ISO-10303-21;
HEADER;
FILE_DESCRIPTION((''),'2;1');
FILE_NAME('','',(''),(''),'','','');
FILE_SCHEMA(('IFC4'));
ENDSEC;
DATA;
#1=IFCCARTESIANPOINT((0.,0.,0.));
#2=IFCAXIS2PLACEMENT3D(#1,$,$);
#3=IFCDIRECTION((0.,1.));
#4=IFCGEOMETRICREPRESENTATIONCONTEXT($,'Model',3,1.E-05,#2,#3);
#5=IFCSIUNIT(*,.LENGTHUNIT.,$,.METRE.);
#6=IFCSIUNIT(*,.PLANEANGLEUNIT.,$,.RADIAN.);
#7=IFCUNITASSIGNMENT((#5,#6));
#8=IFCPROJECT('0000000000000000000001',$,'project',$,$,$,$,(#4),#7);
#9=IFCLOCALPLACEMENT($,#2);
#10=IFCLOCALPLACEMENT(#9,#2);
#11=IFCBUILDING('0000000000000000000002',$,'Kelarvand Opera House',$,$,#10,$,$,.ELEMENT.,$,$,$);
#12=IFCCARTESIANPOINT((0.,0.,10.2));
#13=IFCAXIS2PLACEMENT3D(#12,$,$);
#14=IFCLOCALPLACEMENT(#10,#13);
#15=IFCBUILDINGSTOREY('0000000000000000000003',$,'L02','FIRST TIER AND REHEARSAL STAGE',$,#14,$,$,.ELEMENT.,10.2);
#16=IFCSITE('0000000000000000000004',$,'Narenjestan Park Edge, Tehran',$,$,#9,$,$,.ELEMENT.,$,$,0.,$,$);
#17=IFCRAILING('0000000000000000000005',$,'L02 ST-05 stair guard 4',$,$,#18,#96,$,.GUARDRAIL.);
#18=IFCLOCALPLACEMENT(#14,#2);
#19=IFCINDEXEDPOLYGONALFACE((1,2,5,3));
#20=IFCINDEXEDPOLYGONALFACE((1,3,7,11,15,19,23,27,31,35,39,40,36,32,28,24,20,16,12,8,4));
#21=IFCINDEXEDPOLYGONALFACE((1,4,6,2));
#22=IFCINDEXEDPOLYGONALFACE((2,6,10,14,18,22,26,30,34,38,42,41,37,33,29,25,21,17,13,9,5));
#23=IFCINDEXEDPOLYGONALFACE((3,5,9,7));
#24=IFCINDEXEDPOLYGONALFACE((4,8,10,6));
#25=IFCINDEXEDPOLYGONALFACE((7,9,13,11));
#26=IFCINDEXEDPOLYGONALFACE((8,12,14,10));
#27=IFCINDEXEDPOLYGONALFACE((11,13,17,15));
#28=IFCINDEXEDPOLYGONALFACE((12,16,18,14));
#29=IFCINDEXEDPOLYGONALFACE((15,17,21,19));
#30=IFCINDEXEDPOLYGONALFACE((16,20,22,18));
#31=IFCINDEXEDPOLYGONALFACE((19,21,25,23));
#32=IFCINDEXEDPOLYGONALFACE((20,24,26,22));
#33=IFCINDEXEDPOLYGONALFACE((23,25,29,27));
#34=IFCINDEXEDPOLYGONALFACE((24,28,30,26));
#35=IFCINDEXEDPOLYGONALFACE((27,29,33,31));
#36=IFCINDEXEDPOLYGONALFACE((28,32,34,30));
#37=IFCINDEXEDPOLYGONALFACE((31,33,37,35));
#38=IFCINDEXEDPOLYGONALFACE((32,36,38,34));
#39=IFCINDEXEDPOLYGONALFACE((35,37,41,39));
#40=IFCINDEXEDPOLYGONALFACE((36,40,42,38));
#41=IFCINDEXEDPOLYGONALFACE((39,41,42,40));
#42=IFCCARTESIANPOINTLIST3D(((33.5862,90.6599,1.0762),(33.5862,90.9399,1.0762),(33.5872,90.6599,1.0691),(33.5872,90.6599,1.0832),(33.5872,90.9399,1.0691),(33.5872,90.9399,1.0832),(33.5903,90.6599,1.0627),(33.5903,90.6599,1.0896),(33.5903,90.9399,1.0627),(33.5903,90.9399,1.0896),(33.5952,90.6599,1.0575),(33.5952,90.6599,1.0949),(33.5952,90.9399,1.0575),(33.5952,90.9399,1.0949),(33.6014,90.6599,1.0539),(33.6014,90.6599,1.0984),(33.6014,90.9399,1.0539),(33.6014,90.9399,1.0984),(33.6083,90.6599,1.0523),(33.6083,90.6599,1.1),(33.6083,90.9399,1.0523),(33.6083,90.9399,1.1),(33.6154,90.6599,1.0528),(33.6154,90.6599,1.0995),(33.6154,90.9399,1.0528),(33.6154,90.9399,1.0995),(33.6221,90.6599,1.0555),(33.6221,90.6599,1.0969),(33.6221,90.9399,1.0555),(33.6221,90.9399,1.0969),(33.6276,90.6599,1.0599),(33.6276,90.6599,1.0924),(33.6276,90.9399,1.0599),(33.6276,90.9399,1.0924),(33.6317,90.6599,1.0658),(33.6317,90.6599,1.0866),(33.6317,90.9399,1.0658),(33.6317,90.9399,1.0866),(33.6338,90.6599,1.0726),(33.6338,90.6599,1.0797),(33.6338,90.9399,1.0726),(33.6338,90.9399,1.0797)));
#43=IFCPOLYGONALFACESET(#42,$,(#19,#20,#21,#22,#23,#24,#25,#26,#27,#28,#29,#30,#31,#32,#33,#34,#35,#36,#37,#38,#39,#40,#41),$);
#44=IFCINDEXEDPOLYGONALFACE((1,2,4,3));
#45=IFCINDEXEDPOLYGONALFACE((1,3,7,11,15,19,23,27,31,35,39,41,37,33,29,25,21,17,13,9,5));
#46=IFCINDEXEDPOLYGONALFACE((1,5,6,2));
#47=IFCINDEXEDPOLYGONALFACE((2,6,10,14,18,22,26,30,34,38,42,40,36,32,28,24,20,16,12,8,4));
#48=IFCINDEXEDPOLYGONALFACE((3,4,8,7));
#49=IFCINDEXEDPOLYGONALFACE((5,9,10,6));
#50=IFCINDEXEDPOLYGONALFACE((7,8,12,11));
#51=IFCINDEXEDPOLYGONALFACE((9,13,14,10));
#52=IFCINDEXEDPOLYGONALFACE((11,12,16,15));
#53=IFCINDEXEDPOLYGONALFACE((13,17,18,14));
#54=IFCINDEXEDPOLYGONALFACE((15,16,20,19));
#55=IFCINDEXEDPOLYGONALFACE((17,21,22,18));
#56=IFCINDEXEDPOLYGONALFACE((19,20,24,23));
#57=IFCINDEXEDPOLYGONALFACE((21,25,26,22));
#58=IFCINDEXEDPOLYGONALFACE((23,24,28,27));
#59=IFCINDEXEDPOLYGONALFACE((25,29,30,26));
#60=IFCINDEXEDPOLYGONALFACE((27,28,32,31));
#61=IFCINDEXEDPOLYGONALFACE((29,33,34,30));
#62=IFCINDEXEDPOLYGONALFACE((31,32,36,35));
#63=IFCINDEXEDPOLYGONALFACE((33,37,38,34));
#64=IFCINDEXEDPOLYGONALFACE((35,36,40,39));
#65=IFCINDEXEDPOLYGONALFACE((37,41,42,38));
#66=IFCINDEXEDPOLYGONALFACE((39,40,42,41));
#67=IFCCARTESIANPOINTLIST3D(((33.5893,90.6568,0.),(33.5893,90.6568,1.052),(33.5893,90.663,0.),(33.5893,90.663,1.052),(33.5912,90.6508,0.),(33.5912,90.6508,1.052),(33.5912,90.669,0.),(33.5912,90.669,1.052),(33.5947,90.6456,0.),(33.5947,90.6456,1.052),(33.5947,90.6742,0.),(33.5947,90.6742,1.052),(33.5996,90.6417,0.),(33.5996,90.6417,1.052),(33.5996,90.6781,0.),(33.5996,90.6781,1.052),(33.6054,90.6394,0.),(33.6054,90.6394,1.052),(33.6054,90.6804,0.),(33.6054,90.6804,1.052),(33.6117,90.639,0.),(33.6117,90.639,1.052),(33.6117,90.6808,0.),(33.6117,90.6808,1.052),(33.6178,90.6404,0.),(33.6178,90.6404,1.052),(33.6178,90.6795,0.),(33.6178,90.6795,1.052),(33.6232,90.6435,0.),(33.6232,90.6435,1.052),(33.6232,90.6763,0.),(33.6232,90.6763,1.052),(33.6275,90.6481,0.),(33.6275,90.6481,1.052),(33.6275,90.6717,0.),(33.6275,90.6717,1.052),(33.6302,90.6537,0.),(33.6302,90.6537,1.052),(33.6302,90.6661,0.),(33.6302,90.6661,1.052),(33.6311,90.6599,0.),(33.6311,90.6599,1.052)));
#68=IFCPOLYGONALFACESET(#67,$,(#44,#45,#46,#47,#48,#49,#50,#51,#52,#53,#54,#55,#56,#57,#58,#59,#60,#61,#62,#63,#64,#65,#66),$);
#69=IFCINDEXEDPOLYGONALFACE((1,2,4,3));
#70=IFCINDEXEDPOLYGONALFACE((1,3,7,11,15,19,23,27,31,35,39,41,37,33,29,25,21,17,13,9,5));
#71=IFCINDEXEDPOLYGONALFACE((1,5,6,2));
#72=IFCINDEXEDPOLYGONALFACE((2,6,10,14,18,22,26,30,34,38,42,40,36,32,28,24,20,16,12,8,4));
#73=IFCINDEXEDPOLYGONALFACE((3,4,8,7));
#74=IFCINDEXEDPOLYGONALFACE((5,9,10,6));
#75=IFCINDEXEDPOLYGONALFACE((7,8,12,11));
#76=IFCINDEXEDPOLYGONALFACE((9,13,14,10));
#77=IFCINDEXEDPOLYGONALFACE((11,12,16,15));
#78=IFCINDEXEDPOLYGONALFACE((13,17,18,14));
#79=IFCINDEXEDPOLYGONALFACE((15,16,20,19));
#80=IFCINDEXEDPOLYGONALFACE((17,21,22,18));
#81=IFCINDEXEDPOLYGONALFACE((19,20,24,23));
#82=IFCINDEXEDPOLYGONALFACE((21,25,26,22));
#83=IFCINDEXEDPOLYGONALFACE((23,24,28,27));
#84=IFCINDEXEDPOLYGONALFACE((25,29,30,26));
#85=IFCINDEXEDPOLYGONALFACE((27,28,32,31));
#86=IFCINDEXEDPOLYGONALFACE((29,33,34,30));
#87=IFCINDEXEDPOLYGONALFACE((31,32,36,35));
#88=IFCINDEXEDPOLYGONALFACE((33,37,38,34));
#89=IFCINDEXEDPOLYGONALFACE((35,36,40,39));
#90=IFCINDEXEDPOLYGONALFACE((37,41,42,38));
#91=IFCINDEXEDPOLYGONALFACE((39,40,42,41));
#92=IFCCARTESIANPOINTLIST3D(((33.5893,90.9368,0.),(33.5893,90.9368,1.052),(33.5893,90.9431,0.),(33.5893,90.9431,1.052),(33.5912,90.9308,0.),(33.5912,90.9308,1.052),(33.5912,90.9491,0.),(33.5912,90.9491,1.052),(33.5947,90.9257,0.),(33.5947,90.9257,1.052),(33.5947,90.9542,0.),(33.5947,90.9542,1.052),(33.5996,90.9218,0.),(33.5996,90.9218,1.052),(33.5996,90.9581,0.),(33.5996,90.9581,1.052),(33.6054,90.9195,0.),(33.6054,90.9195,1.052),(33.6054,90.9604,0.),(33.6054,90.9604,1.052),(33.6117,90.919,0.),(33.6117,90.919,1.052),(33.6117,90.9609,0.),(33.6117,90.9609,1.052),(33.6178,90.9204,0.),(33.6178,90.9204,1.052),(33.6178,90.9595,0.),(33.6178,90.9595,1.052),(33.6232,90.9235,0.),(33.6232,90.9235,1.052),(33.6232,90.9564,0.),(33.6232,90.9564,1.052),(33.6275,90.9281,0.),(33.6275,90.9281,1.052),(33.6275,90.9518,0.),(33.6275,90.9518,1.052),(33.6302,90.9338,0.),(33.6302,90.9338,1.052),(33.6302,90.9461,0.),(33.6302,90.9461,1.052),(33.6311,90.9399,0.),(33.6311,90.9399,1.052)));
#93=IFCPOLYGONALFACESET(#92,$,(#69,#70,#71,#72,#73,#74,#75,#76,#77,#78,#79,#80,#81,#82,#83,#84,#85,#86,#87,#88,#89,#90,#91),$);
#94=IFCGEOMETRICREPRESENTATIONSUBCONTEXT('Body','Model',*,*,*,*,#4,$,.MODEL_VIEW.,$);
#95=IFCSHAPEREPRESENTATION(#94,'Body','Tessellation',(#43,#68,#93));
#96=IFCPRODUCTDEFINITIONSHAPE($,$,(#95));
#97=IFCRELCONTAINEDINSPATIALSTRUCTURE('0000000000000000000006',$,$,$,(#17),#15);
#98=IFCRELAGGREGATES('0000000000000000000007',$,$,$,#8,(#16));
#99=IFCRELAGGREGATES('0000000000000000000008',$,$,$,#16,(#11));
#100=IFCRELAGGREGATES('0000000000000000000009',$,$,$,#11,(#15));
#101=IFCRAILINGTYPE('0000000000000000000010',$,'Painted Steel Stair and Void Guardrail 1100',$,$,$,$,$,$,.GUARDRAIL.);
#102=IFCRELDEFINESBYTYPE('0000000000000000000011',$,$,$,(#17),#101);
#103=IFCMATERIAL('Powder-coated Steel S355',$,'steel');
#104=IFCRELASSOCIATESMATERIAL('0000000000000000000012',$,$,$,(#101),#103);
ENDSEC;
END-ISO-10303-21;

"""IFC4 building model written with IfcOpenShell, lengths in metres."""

from ifc_helpers import new_model, si_unit, direction, frame, origin, origin_2d, place, context, subcontext, project, spatial, circle, extrude, material, type_object, element, save


model = new_model("IFC4")

# Units and contexts
model_context = context("Model", 3, precision=1e-05, world=origin(), true_north=direction((0.0, 1.0)))
body_context = subcontext(model_context, "Body", "Model", "MODEL_VIEW")
ifc_project = project(units=[si_unit("LENGTHUNIT", "METRE"), si_unit("PLANEANGLEUNIT", "RADIAN")], contexts=[model_context])

# Site, building, storey
site_placement = place(None, origin())
site = spatial("IfcSite", under=ifc_project, at=site_placement, Name="Narenjestan Park Edge, Tehran", CompositionType="ELEMENT", RefElevation=0.0)
building_placement = place(site_placement, origin())
building = spatial("IfcBuilding", under=site, at=building_placement, Name="Kelarvand Opera House", CompositionType="ELEMENT")
storey_placement = place(building_placement, frame((0.0, 0.0, 10.2)))
storey = spatial("IfcBuildingStorey", under=building, at=storey_placement, Name="L02", Description="FIRST TIER AND REHEARSAL STAGE", CompositionType="ELEMENT", Elevation=10.2)

# Railing
ifc_material_1 = material(Name="Powder-coated Steel S355", Category="steel")
railing_type_1 = type_object("IfcRailingType", Name="Painted Steel Stair and Void Guardrail 1100", PredefinedType="GUARDRAIL", material=ifc_material_1)
railing_1_placement = place(storey_placement, frame((33.6101, 90.6599, 0.0)))
element("IfcRailing", 1, at=railing_1_placement, inside=storey, type_object=railing_type_1, Name="L02 ST-05 stair guard 4", PredefinedType="GUARDRAIL", context=body_context, shape_type="SweptSolid", body=[
    extrude(circle(Radius=0.0239, at=origin_2d()), frame((0.0, 0.0, 1.0762), z_axis=(0.0, 1.0, 0.0), x_axis=(-1.0, 0.0, 0.0)), (0.0, 0.0, 1.0), 0.28),
    extrude(circle(Radius=0.021, at=origin_2d()), origin(), (0.0, 0.0, 1.0), 1.052),
    extrude(circle(Radius=0.021, at=origin_2d()), frame((0.0, 0.28, 0.0)), (0.0, 0.0, 1.0), 1.052),
])

save(model, "model.ifc")
